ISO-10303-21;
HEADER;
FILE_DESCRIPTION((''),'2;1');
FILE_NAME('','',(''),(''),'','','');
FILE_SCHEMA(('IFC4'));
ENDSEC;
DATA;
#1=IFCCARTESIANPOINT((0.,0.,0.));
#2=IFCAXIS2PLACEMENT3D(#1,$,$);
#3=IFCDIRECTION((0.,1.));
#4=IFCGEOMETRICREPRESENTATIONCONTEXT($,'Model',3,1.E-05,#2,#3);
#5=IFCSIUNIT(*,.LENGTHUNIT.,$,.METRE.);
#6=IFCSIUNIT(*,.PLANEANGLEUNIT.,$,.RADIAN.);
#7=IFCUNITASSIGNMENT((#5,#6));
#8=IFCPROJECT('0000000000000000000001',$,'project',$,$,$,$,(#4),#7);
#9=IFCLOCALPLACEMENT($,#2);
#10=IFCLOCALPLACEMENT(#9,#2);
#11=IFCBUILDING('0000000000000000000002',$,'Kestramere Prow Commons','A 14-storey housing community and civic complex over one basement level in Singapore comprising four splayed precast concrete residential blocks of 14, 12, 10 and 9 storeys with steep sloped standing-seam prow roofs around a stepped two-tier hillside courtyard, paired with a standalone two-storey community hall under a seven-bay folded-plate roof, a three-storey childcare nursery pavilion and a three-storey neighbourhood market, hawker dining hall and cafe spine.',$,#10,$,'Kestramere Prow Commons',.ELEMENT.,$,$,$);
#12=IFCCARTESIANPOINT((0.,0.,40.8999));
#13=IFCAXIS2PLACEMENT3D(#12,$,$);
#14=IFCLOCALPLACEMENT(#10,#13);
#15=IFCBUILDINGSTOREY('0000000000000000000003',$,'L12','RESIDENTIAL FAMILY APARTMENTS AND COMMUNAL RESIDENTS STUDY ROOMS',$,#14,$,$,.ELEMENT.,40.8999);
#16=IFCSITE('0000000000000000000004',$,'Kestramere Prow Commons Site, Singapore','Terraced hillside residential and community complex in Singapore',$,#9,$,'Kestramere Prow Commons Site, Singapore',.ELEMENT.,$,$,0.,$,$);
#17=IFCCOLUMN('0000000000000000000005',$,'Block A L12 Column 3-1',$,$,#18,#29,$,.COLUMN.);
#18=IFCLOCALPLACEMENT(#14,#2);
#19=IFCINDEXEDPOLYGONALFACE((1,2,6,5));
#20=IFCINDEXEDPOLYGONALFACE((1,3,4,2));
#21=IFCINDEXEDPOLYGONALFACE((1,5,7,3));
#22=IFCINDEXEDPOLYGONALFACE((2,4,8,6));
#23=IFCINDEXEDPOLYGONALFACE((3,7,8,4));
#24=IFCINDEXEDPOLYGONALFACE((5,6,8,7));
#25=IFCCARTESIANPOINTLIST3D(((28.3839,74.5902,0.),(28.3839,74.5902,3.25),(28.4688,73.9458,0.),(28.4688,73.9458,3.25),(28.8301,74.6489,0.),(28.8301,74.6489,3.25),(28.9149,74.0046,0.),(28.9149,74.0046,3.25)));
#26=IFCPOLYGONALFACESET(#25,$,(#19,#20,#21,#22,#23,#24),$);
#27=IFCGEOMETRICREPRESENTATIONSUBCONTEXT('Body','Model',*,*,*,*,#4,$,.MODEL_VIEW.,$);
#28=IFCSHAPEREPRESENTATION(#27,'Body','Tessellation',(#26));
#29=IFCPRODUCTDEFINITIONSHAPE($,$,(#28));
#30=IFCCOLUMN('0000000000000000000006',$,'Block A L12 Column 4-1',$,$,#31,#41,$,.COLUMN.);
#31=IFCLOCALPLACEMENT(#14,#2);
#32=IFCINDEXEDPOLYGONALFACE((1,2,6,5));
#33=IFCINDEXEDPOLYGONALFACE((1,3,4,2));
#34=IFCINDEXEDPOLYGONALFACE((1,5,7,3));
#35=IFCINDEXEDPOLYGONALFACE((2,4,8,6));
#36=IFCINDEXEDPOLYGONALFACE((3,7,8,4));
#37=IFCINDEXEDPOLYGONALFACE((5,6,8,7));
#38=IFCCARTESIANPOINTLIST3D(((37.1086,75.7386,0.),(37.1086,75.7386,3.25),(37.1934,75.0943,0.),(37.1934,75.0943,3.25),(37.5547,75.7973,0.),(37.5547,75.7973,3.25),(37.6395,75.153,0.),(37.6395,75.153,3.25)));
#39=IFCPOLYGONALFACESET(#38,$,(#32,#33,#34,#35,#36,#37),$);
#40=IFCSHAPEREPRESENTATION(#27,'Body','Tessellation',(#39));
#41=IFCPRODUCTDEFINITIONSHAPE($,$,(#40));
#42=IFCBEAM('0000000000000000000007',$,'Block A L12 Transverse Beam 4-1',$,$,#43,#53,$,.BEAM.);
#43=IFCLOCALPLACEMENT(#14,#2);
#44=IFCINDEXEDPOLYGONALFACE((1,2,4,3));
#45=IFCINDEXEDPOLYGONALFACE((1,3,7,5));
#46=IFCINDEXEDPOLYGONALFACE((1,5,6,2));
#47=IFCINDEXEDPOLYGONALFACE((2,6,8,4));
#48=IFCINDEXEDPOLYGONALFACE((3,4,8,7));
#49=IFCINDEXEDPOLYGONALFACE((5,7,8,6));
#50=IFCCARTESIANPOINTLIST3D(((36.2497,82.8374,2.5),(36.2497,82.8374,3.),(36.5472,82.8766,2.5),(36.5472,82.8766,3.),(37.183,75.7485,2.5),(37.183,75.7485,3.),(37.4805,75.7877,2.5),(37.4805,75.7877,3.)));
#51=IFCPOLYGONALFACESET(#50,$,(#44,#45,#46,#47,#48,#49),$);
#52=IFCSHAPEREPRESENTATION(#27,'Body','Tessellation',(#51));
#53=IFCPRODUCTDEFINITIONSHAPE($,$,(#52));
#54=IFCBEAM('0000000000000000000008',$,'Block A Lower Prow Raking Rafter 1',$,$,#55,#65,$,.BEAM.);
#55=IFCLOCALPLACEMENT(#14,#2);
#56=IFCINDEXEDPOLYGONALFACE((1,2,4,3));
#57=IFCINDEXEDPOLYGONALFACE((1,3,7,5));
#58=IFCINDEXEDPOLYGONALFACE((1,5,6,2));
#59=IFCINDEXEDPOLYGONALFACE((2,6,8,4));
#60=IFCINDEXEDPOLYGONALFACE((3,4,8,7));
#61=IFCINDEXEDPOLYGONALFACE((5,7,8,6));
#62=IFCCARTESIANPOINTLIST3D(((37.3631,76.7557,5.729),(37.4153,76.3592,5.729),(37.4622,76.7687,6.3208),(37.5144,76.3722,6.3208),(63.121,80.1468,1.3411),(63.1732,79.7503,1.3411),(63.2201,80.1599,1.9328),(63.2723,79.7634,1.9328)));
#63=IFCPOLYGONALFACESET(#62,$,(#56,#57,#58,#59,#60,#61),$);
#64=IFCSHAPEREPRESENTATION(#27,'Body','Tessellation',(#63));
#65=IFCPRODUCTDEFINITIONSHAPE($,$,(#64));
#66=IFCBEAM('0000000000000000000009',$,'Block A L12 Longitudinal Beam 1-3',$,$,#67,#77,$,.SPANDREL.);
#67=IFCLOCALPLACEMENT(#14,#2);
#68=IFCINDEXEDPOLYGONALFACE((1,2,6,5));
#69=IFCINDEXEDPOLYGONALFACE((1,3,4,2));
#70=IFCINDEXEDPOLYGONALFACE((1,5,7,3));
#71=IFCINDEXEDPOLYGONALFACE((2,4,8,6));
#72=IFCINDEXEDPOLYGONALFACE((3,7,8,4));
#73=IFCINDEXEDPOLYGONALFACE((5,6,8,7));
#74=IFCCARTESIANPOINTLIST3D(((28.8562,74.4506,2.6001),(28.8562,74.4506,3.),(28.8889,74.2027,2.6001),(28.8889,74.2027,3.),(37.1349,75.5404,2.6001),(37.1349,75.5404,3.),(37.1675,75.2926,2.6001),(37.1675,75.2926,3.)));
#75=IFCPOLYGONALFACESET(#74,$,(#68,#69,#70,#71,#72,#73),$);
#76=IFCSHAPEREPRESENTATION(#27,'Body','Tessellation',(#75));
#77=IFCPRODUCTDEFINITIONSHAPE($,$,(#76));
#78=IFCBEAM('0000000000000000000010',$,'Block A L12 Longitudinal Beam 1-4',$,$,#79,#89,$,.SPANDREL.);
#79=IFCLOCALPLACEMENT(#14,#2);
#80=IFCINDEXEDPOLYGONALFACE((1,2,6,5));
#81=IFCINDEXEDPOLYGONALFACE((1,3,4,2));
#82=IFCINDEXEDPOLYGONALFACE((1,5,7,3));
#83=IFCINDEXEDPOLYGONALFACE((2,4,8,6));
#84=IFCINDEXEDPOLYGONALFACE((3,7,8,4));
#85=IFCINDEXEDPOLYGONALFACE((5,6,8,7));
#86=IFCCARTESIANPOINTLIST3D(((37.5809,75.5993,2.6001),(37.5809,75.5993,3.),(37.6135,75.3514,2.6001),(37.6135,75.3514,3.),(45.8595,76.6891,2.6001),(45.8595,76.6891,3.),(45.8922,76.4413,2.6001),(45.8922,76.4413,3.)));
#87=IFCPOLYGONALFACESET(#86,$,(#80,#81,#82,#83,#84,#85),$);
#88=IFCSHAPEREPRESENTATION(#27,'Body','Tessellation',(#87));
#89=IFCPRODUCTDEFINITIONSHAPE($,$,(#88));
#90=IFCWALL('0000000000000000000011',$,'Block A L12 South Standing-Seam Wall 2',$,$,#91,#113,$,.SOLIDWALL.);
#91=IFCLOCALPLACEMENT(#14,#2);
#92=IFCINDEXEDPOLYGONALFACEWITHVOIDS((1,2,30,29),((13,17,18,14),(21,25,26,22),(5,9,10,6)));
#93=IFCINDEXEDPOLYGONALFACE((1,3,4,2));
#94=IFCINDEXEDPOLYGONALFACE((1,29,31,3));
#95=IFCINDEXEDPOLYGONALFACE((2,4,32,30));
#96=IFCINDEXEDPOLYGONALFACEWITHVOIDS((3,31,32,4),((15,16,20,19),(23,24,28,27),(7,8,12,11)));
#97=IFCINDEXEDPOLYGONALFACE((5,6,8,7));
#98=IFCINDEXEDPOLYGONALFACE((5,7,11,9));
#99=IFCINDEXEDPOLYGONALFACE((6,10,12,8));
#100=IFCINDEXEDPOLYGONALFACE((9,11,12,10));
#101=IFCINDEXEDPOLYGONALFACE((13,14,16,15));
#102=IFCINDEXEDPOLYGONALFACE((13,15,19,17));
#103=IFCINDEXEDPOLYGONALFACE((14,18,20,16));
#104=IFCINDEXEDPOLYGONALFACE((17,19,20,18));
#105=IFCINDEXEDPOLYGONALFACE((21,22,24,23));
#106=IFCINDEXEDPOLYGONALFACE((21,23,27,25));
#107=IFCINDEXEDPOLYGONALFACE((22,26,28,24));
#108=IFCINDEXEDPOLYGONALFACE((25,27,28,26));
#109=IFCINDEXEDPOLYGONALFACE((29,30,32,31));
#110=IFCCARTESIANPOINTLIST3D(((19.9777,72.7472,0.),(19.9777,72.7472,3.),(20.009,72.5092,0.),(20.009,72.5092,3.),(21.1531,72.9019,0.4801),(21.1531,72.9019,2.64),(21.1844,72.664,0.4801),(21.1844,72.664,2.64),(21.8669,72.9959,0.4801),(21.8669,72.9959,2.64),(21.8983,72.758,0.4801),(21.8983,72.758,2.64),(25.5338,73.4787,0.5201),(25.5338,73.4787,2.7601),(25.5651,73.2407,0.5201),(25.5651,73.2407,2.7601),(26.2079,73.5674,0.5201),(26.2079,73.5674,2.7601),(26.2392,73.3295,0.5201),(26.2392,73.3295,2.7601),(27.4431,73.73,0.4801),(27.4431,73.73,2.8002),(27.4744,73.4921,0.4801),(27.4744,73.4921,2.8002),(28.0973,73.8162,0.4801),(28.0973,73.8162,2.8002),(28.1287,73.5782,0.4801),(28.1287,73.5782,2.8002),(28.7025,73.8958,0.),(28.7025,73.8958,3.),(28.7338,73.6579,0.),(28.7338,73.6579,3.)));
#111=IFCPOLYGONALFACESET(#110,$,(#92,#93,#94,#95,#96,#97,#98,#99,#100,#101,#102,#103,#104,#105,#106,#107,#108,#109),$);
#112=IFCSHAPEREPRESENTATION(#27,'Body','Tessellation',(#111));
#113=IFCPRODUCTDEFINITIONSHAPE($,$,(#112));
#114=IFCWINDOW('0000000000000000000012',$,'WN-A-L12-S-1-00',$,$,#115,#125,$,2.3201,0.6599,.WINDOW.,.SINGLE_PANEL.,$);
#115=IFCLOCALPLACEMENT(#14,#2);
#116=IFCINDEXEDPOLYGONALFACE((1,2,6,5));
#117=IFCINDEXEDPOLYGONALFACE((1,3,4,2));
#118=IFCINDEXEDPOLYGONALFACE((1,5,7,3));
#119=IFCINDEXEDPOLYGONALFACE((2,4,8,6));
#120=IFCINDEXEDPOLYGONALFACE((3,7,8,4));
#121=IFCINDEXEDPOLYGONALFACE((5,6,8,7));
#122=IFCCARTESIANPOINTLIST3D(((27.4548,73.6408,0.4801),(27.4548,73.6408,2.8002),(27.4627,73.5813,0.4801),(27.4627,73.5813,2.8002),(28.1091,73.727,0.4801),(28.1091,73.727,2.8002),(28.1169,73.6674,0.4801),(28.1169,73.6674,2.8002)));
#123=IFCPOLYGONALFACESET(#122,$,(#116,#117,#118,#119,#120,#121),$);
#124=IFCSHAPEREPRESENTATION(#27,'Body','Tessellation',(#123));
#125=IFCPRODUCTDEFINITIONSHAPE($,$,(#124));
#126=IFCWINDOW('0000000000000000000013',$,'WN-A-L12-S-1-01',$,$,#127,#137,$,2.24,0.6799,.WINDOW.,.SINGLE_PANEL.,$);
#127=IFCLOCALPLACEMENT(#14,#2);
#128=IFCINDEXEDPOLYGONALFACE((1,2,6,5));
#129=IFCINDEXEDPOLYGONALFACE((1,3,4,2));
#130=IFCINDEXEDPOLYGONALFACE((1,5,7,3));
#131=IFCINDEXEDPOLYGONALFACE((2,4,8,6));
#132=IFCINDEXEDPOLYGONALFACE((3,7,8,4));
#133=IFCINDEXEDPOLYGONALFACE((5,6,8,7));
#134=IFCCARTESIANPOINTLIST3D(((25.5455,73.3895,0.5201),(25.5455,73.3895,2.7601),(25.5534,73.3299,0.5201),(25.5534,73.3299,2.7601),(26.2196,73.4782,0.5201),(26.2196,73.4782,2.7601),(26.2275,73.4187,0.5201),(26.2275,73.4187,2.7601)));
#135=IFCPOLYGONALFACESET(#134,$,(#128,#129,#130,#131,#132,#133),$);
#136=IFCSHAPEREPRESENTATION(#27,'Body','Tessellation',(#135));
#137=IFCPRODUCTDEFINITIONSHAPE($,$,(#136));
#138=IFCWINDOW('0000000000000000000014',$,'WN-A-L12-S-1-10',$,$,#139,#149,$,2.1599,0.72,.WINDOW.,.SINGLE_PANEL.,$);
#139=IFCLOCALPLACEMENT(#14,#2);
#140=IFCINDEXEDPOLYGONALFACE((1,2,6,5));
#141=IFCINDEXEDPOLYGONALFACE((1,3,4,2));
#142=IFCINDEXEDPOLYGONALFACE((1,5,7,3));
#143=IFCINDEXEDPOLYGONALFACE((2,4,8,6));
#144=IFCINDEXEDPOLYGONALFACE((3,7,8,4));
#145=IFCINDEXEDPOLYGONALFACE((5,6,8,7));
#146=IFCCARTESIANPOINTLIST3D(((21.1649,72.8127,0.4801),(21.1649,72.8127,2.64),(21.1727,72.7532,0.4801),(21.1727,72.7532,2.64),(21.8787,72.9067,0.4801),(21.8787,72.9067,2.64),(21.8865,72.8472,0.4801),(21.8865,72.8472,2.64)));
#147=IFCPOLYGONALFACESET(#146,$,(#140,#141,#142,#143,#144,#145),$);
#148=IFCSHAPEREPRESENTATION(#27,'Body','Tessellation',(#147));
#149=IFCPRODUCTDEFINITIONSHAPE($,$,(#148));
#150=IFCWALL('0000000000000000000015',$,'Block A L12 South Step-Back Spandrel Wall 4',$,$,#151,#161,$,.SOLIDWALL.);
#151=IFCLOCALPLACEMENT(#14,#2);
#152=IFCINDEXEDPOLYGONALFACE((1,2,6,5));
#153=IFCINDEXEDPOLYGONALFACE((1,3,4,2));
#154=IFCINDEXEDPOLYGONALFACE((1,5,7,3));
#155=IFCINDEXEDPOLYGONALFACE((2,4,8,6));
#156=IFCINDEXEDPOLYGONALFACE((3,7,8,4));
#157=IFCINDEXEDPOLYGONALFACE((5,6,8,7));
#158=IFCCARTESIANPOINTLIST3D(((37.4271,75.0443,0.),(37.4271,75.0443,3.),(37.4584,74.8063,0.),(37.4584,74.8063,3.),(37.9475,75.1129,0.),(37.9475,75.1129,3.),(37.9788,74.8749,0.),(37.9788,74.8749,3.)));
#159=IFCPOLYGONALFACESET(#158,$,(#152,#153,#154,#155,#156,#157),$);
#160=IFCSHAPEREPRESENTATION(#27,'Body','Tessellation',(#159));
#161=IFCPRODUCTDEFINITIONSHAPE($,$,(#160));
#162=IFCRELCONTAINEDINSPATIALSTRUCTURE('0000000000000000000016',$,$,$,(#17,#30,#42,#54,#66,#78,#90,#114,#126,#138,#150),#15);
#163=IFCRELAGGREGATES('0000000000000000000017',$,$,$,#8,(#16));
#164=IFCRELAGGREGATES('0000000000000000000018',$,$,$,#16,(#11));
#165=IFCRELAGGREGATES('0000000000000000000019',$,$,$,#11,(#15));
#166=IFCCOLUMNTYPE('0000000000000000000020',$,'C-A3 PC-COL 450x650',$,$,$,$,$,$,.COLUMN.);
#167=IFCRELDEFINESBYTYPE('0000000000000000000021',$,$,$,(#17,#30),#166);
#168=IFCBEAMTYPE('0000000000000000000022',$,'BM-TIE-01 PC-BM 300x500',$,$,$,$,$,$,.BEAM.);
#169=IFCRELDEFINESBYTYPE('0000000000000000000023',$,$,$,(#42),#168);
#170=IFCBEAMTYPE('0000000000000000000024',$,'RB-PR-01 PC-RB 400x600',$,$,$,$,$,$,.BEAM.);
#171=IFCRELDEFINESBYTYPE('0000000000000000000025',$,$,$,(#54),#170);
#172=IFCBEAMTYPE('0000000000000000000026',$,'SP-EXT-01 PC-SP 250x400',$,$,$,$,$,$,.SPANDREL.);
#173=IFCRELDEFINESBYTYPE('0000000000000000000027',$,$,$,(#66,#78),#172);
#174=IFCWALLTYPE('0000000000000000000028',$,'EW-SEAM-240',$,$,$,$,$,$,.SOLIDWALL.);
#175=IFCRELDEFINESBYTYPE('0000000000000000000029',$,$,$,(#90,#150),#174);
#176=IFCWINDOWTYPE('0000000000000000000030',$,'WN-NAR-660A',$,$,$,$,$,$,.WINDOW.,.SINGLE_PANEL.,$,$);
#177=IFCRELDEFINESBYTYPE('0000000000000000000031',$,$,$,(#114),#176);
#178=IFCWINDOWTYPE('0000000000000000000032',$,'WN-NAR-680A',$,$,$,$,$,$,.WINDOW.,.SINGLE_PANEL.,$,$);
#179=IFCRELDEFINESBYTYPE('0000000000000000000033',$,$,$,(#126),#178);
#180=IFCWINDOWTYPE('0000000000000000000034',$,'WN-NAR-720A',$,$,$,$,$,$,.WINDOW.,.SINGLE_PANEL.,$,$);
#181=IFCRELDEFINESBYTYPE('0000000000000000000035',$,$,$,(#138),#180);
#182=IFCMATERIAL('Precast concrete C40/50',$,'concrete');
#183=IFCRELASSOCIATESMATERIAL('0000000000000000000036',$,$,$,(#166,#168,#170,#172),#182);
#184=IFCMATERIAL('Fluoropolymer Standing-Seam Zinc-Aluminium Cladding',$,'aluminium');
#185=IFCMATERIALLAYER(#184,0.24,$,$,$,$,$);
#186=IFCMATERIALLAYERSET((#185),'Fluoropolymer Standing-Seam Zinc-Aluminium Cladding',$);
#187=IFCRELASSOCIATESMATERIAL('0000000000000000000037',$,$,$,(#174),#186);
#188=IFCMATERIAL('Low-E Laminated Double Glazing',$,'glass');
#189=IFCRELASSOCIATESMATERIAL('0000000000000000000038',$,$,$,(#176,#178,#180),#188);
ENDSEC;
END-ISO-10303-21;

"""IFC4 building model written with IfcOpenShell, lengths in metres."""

from ifc_helpers import new_model, si_unit, direction, frame, frame_2d, origin, origin_2d, place, context, subcontext, project, spatial, rectangle, extrude, material, layer, layer_set, material_profile, profile_set, type_object, element, fill, save


model = new_model("IFC4")

# Units and contexts
model_context = context("Model", 3, precision=1e-05, world=origin(), true_north=direction((0.0, 1.0)))
body_context = subcontext(model_context, "Body", "Model", "MODEL_VIEW")
ifc_project = project(units=[si_unit("LENGTHUNIT", "METRE"), si_unit("PLANEANGLEUNIT", "RADIAN")], contexts=[model_context])

# Site, building, storey
site_placement = place(None, origin())
site = spatial("IfcSite", under=ifc_project, at=site_placement, Name="Kestramere Prow Commons Site, Singapore", Description="Terraced hillside residential and community complex in Singapore", LongName="Kestramere Prow Commons Site, Singapore", CompositionType="ELEMENT", RefElevation=0.0)
building_placement = place(site_placement, origin())
building = spatial("IfcBuilding", under=site, at=building_placement, Name="Kestramere Prow Commons", Description="A 14-storey housing community and civic complex over one basement level in Singapore comprising four splayed precast concrete residential blocks of 14, 12, 10 and 9 storeys with steep sloped standing-seam prow roofs around a stepped two-tier hillside courtyard, paired with a standalone two-storey community hall under a seven-bay folded-plate roof, a three-storey childcare nursery pavilion and a three-storey neighbourhood market, hawker dining hall and cafe spine.", LongName="Kestramere Prow Commons", CompositionType="ELEMENT")
storey_placement = place(building_placement, frame((0.0, 0.0, 40.8999)))
storey = spatial("IfcBuildingStorey", under=building, at=storey_placement, Name="L12", Description="RESIDENTIAL FAMILY APARTMENTS AND COMMUNAL RESIDENTS STUDY ROOMS", CompositionType="ELEMENT", Elevation=40.8999)

# Columns
ifc_material_1 = material(Name="Precast concrete C40/50", Category="concrete")
ifc_material_profile_1 = material_profile(ifc_material_1, rectangle(XDim=0.45, YDim=0.6499, at=origin_2d()), Name="PC-COL 450x650")
ifc_profile_set_1 = profile_set([ifc_material_profile_1], Name="Precast concrete C40/50")
column_type = type_object("IfcColumnType", Name="C-A3 PC-COL 450x650", PredefinedType="COLUMN", material=ifc_profile_set_1)
for number, where, z_axis, x_axis, name in (
    (1, (28.6494, 74.2974, 0.0), (0.0, 0.0, 1.0), (0.991445, 0.130526, 0.0), "Block A L12 Column 3-1"),
    (2, (37.374, 75.4458, 0.0), (0.0, 0.0, 1.0), (0.991445, 0.130526, 0.0), "Block A L12 Column 4-1"),
):
    element("IfcColumn", number, at=place(storey_placement, frame(where, z_axis=z_axis, x_axis=x_axis)), inside=storey, type_object=column_type, Name=name, PredefinedType="COLUMN", context=body_context, shape_type="SweptSolid", body=[
        extrude(rectangle(XDim=0.45, YDim=0.6499, at=origin_2d()), origin(), (0.0, 0.0, 1.0), 3.25),
    ])

# Beams
ifc_material_profile_2 = material_profile(ifc_material_1, rectangle(XDim=0.3, YDim=0.5, at=origin_2d()), Name="PC-BM 300x500")
ifc_profile_set_2 = profile_set([ifc_material_profile_2], Name="Precast concrete C40/50")
beam_type_1 = type_object("IfcBeamType", Name="BM-TIE-01 PC-BM 300x500", PredefinedType="BEAM", material=ifc_profile_set_2)
beam_1_placement = place(storey_placement, frame((37.3318, 75.7681, 2.75), z_axis=(-0.130538, 0.991443, 0.0), x_axis=(-0.991443, -0.130538, 0.0)))
element("IfcBeam", 3, at=beam_1_placement, inside=storey, type_object=beam_type_1, Name="Block A L12 Transverse Beam 4-1", PredefinedType="BEAM", context=body_context, shape_type="SweptSolid", body=[
    extrude(rectangle(XDim=0.3, YDim=0.5, at=origin_2d()), origin(), (0.0, 0.0, 1.0), 7.1501),
])
ifc_material_profile_3 = material_profile(ifc_material_1, rectangle(XDim=0.3999, YDim=0.6001, at=origin_2d()), Name="PC-RB 400x600")
ifc_profile_set_3 = profile_set([ifc_material_profile_3], Name="Precast concrete C40/50")
beam_type_2 = type_object("IfcBeamType", Name="RB-PR-01 PC-RB 400x600", PredefinedType="BEAM", material=ifc_profile_set_3)
beam_2_placement = place(storey_placement, frame((37.4387, 76.564, 6.0249), z_axis=(0.977599, 0.128705, -0.166538), x_axis=(-0.130527, 0.991445, 0.0)))
element("IfcBeam", 4, at=beam_2_placement, inside=storey, type_object=beam_type_2, Name="Block A Lower Prow Raking Rafter 1", PredefinedType="BEAM", context=body_context, shape_type="SweptSolid", body=[
    extrude(rectangle(XDim=0.3999, YDim=0.6001, at=origin_2d()), origin(), (0.0, 0.0, 1.0), 26.3481),
])
ifc_material_profile_4 = material_profile(ifc_material_1, rectangle(XDim=0.25, YDim=0.3999, at=origin_2d()), Name="PC-SP 250x400")
ifc_profile_set_4 = profile_set([ifc_material_profile_4], Name="Precast concrete C40/50")
beam_type_3 = type_object("IfcBeamType", Name="SP-EXT-01 PC-SP 250x400", PredefinedType="SPANDREL", material=ifc_profile_set_4)
for number, where, z_axis, x_axis, name in (
    (5, (28.8726, 74.3267, 2.8), (0.991446, 0.13052, 0.0), (-0.13052, 0.991446, 0.0), "Block A L12 Longitudinal Beam 1-3"),
    (6, (37.5972, 75.4753, 2.8), (0.991446, 0.13052, 0.0), (-0.13052, 0.991446, 0.0), "Block A L12 Longitudinal Beam 1-4"),
):
    element("IfcBeam", number, at=place(storey_placement, frame(where, z_axis=z_axis, x_axis=x_axis)), inside=storey, type_object=beam_type_3, Name=name, PredefinedType="SPANDREL", context=body_context, shape_type="SweptSolid", body=[
        extrude(rectangle(XDim=0.25, YDim=0.3999, at=origin_2d()), origin(), (0.0, 0.0, 1.0), 8.3501),
    ])

# Wall, openings, windows
ifc_material_2 = material(Name="Fluoropolymer Standing-Seam Zinc-Aluminium Cladding", Category="aluminium")
ifc_layer_1 = layer(ifc_material_2, 0.24)
ifc_layer_set_1 = layer_set([ifc_layer_1], Name="Fluoropolymer Standing-Seam Zinc-Aluminium Cladding")
wall_type_1 = type_object("IfcWallType", Name="EW-SEAM-240", PredefinedType="SOLIDWALL", material=ifc_layer_set_1)
wall_1_placement = place(storey_placement, frame((28.718, 73.7769, 0.0), z_axis=(0.0, 0.0, 1.0), x_axis=(-0.991444, -0.13053, 0.0)))
wall_1 = element("IfcWall", 7, at=wall_1_placement, inside=storey, type_object=wall_type_1, Name="Block A L12 South Standing-Seam Wall 2", PredefinedType="SOLIDWALL", context=body_context, shape_type="SweptSolid", body=[
    extrude(rectangle(XDim=8.8, YDim=0.24, at=frame_2d((4.3999, 0.0))), origin(), (0.0, 0.0, 1.0), 3.0),
])
opening_1_placement = place(wall_1_placement, frame((0.6101, 0.0, 0.48)))
opening_1 = element("IfcOpeningElement", 8, at=opening_1_placement, cuts=wall_1, PredefinedType="OPENING", context=body_context, shape_type="SweptSolid", body=[
    extrude(rectangle(XDim=0.6599, YDim=2.3201, at=frame_2d((0.3301, 1.1602))), frame((0.0, 0.135, 0.0), z_axis=(0.0, -1.0, 0.0), x_axis=(1.0, 0.0, 0.0)), (0.0, 0.0, 1.0), 0.27),
])
opening_2_placement = place(wall_1_placement, frame((2.5161, 0.0, 0.52)))
opening_2 = element("IfcOpeningElement", 9, at=opening_2_placement, cuts=wall_1, PredefinedType="OPENING", context=body_context, shape_type="SweptSolid", body=[
    extrude(rectangle(XDim=0.6799, YDim=2.24, at=frame_2d((0.3398, 1.1201))), frame((0.0, 0.135, 0.0), z_axis=(0.0, -1.0, 0.0), x_axis=(1.0, 0.0, 0.0)), (0.0, 0.0, 1.0), 0.27),
])
opening_3_placement = place(wall_1_placement, frame((6.8945, 0.0, 0.48)))
opening_3 = element("IfcOpeningElement", 10, at=opening_3_placement, cuts=wall_1, PredefinedType="OPENING", context=body_context, shape_type="SweptSolid", body=[
    extrude(rectangle(XDim=0.72, YDim=2.1599, at=frame_2d((0.3599, 1.0801))), frame((0.0, 0.135, 0.0), z_axis=(0.0, -1.0, 0.0), x_axis=(1.0, 0.0, 0.0)), (0.0, 0.0, 1.0), 0.27),
])
ifc_material_3 = material(Name="Low-E Laminated Double Glazing", Category="glass")
window_type_1 = type_object("IfcWindowType", Name="WN-NAR-660A", PartitioningType="SINGLE_PANEL", PredefinedType="WINDOW", material=ifc_material_3)
window_1_placement = place(opening_1_placement, origin())
window_1 = element("IfcWindow", 11, at=window_1_placement, inside=storey, type_object=window_type_1, Name="WN-A-L12-S-1-00", OverallHeight=2.3201, OverallWidth=0.6599, PartitioningType="SINGLE_PANEL", PredefinedType="WINDOW", context=body_context, shape_type="SweptSolid", body=[
    extrude(rectangle(XDim=0.6599, YDim=2.3201, at=frame_2d((0.3301, 1.1602))), frame((0.0, 0.03, 0.0), z_axis=(0.0, -1.0, 0.0), x_axis=(1.0, 0.0, 0.0)), (0.0, 0.0, 1.0), 0.0601),
])
fill(opening_1, window_1)
window_type_2 = type_object("IfcWindowType", Name="WN-NAR-680A", PartitioningType="SINGLE_PANEL", PredefinedType="WINDOW", material=ifc_material_3)
window_2_placement = place(opening_2_placement, origin())
window_2 = element("IfcWindow", 12, at=window_2_placement, inside=storey, type_object=window_type_2, Name="WN-A-L12-S-1-01", OverallHeight=2.24, OverallWidth=0.6799, PartitioningType="SINGLE_PANEL", PredefinedType="WINDOW", context=body_context, shape_type="SweptSolid", body=[
    extrude(rectangle(XDim=0.6799, YDim=2.24, at=frame_2d((0.3398, 1.1201))), frame((0.0, 0.03, 0.0), z_axis=(0.0, -1.0, 0.0), x_axis=(1.0, 0.0, 0.0)), (0.0, 0.0, 1.0), 0.0601),
])
fill(opening_2, window_2)
window_type_3 = type_object("IfcWindowType", Name="WN-NAR-720A", PartitioningType="SINGLE_PANEL", PredefinedType="WINDOW", material=ifc_material_3)
window_3_placement = place(opening_3_placement, origin())
window_3 = element("IfcWindow", 13, at=window_3_placement, inside=storey, type_object=window_type_3, Name="WN-A-L12-S-1-10", OverallHeight=2.1599, OverallWidth=0.72, PartitioningType="SINGLE_PANEL", PredefinedType="WINDOW", context=body_context, shape_type="SweptSolid", body=[
    extrude(rectangle(XDim=0.72, YDim=2.1599, at=frame_2d((0.3599, 1.0801))), frame((0.0, 0.03, 0.0), z_axis=(0.0, -1.0, 0.0), x_axis=(1.0, 0.0, 0.0)), (0.0, 0.0, 1.0), 0.0601),
])
fill(opening_3, window_3)

# Wall
wall_2_placement = place(storey_placement, frame((37.9631, 74.9939, 0.0), z_axis=(0.0, 0.0, 1.0), x_axis=(-0.991426, -0.130671, 0.0)))
element("IfcWall", 14, at=wall_2_placement, inside=storey, type_object=wall_type_1, Name="Block A L12 South Step-Back Spandrel Wall 4", PredefinedType="SOLIDWALL", context=body_context, shape_type="SweptSolid", body=[
    extrude(rectangle(XDim=0.5249, YDim=0.24, at=frame_2d((0.2625, 0.0))), origin(), (0.0, 0.0, 1.0), 3.0),
])

save(model, "model.ifc")
